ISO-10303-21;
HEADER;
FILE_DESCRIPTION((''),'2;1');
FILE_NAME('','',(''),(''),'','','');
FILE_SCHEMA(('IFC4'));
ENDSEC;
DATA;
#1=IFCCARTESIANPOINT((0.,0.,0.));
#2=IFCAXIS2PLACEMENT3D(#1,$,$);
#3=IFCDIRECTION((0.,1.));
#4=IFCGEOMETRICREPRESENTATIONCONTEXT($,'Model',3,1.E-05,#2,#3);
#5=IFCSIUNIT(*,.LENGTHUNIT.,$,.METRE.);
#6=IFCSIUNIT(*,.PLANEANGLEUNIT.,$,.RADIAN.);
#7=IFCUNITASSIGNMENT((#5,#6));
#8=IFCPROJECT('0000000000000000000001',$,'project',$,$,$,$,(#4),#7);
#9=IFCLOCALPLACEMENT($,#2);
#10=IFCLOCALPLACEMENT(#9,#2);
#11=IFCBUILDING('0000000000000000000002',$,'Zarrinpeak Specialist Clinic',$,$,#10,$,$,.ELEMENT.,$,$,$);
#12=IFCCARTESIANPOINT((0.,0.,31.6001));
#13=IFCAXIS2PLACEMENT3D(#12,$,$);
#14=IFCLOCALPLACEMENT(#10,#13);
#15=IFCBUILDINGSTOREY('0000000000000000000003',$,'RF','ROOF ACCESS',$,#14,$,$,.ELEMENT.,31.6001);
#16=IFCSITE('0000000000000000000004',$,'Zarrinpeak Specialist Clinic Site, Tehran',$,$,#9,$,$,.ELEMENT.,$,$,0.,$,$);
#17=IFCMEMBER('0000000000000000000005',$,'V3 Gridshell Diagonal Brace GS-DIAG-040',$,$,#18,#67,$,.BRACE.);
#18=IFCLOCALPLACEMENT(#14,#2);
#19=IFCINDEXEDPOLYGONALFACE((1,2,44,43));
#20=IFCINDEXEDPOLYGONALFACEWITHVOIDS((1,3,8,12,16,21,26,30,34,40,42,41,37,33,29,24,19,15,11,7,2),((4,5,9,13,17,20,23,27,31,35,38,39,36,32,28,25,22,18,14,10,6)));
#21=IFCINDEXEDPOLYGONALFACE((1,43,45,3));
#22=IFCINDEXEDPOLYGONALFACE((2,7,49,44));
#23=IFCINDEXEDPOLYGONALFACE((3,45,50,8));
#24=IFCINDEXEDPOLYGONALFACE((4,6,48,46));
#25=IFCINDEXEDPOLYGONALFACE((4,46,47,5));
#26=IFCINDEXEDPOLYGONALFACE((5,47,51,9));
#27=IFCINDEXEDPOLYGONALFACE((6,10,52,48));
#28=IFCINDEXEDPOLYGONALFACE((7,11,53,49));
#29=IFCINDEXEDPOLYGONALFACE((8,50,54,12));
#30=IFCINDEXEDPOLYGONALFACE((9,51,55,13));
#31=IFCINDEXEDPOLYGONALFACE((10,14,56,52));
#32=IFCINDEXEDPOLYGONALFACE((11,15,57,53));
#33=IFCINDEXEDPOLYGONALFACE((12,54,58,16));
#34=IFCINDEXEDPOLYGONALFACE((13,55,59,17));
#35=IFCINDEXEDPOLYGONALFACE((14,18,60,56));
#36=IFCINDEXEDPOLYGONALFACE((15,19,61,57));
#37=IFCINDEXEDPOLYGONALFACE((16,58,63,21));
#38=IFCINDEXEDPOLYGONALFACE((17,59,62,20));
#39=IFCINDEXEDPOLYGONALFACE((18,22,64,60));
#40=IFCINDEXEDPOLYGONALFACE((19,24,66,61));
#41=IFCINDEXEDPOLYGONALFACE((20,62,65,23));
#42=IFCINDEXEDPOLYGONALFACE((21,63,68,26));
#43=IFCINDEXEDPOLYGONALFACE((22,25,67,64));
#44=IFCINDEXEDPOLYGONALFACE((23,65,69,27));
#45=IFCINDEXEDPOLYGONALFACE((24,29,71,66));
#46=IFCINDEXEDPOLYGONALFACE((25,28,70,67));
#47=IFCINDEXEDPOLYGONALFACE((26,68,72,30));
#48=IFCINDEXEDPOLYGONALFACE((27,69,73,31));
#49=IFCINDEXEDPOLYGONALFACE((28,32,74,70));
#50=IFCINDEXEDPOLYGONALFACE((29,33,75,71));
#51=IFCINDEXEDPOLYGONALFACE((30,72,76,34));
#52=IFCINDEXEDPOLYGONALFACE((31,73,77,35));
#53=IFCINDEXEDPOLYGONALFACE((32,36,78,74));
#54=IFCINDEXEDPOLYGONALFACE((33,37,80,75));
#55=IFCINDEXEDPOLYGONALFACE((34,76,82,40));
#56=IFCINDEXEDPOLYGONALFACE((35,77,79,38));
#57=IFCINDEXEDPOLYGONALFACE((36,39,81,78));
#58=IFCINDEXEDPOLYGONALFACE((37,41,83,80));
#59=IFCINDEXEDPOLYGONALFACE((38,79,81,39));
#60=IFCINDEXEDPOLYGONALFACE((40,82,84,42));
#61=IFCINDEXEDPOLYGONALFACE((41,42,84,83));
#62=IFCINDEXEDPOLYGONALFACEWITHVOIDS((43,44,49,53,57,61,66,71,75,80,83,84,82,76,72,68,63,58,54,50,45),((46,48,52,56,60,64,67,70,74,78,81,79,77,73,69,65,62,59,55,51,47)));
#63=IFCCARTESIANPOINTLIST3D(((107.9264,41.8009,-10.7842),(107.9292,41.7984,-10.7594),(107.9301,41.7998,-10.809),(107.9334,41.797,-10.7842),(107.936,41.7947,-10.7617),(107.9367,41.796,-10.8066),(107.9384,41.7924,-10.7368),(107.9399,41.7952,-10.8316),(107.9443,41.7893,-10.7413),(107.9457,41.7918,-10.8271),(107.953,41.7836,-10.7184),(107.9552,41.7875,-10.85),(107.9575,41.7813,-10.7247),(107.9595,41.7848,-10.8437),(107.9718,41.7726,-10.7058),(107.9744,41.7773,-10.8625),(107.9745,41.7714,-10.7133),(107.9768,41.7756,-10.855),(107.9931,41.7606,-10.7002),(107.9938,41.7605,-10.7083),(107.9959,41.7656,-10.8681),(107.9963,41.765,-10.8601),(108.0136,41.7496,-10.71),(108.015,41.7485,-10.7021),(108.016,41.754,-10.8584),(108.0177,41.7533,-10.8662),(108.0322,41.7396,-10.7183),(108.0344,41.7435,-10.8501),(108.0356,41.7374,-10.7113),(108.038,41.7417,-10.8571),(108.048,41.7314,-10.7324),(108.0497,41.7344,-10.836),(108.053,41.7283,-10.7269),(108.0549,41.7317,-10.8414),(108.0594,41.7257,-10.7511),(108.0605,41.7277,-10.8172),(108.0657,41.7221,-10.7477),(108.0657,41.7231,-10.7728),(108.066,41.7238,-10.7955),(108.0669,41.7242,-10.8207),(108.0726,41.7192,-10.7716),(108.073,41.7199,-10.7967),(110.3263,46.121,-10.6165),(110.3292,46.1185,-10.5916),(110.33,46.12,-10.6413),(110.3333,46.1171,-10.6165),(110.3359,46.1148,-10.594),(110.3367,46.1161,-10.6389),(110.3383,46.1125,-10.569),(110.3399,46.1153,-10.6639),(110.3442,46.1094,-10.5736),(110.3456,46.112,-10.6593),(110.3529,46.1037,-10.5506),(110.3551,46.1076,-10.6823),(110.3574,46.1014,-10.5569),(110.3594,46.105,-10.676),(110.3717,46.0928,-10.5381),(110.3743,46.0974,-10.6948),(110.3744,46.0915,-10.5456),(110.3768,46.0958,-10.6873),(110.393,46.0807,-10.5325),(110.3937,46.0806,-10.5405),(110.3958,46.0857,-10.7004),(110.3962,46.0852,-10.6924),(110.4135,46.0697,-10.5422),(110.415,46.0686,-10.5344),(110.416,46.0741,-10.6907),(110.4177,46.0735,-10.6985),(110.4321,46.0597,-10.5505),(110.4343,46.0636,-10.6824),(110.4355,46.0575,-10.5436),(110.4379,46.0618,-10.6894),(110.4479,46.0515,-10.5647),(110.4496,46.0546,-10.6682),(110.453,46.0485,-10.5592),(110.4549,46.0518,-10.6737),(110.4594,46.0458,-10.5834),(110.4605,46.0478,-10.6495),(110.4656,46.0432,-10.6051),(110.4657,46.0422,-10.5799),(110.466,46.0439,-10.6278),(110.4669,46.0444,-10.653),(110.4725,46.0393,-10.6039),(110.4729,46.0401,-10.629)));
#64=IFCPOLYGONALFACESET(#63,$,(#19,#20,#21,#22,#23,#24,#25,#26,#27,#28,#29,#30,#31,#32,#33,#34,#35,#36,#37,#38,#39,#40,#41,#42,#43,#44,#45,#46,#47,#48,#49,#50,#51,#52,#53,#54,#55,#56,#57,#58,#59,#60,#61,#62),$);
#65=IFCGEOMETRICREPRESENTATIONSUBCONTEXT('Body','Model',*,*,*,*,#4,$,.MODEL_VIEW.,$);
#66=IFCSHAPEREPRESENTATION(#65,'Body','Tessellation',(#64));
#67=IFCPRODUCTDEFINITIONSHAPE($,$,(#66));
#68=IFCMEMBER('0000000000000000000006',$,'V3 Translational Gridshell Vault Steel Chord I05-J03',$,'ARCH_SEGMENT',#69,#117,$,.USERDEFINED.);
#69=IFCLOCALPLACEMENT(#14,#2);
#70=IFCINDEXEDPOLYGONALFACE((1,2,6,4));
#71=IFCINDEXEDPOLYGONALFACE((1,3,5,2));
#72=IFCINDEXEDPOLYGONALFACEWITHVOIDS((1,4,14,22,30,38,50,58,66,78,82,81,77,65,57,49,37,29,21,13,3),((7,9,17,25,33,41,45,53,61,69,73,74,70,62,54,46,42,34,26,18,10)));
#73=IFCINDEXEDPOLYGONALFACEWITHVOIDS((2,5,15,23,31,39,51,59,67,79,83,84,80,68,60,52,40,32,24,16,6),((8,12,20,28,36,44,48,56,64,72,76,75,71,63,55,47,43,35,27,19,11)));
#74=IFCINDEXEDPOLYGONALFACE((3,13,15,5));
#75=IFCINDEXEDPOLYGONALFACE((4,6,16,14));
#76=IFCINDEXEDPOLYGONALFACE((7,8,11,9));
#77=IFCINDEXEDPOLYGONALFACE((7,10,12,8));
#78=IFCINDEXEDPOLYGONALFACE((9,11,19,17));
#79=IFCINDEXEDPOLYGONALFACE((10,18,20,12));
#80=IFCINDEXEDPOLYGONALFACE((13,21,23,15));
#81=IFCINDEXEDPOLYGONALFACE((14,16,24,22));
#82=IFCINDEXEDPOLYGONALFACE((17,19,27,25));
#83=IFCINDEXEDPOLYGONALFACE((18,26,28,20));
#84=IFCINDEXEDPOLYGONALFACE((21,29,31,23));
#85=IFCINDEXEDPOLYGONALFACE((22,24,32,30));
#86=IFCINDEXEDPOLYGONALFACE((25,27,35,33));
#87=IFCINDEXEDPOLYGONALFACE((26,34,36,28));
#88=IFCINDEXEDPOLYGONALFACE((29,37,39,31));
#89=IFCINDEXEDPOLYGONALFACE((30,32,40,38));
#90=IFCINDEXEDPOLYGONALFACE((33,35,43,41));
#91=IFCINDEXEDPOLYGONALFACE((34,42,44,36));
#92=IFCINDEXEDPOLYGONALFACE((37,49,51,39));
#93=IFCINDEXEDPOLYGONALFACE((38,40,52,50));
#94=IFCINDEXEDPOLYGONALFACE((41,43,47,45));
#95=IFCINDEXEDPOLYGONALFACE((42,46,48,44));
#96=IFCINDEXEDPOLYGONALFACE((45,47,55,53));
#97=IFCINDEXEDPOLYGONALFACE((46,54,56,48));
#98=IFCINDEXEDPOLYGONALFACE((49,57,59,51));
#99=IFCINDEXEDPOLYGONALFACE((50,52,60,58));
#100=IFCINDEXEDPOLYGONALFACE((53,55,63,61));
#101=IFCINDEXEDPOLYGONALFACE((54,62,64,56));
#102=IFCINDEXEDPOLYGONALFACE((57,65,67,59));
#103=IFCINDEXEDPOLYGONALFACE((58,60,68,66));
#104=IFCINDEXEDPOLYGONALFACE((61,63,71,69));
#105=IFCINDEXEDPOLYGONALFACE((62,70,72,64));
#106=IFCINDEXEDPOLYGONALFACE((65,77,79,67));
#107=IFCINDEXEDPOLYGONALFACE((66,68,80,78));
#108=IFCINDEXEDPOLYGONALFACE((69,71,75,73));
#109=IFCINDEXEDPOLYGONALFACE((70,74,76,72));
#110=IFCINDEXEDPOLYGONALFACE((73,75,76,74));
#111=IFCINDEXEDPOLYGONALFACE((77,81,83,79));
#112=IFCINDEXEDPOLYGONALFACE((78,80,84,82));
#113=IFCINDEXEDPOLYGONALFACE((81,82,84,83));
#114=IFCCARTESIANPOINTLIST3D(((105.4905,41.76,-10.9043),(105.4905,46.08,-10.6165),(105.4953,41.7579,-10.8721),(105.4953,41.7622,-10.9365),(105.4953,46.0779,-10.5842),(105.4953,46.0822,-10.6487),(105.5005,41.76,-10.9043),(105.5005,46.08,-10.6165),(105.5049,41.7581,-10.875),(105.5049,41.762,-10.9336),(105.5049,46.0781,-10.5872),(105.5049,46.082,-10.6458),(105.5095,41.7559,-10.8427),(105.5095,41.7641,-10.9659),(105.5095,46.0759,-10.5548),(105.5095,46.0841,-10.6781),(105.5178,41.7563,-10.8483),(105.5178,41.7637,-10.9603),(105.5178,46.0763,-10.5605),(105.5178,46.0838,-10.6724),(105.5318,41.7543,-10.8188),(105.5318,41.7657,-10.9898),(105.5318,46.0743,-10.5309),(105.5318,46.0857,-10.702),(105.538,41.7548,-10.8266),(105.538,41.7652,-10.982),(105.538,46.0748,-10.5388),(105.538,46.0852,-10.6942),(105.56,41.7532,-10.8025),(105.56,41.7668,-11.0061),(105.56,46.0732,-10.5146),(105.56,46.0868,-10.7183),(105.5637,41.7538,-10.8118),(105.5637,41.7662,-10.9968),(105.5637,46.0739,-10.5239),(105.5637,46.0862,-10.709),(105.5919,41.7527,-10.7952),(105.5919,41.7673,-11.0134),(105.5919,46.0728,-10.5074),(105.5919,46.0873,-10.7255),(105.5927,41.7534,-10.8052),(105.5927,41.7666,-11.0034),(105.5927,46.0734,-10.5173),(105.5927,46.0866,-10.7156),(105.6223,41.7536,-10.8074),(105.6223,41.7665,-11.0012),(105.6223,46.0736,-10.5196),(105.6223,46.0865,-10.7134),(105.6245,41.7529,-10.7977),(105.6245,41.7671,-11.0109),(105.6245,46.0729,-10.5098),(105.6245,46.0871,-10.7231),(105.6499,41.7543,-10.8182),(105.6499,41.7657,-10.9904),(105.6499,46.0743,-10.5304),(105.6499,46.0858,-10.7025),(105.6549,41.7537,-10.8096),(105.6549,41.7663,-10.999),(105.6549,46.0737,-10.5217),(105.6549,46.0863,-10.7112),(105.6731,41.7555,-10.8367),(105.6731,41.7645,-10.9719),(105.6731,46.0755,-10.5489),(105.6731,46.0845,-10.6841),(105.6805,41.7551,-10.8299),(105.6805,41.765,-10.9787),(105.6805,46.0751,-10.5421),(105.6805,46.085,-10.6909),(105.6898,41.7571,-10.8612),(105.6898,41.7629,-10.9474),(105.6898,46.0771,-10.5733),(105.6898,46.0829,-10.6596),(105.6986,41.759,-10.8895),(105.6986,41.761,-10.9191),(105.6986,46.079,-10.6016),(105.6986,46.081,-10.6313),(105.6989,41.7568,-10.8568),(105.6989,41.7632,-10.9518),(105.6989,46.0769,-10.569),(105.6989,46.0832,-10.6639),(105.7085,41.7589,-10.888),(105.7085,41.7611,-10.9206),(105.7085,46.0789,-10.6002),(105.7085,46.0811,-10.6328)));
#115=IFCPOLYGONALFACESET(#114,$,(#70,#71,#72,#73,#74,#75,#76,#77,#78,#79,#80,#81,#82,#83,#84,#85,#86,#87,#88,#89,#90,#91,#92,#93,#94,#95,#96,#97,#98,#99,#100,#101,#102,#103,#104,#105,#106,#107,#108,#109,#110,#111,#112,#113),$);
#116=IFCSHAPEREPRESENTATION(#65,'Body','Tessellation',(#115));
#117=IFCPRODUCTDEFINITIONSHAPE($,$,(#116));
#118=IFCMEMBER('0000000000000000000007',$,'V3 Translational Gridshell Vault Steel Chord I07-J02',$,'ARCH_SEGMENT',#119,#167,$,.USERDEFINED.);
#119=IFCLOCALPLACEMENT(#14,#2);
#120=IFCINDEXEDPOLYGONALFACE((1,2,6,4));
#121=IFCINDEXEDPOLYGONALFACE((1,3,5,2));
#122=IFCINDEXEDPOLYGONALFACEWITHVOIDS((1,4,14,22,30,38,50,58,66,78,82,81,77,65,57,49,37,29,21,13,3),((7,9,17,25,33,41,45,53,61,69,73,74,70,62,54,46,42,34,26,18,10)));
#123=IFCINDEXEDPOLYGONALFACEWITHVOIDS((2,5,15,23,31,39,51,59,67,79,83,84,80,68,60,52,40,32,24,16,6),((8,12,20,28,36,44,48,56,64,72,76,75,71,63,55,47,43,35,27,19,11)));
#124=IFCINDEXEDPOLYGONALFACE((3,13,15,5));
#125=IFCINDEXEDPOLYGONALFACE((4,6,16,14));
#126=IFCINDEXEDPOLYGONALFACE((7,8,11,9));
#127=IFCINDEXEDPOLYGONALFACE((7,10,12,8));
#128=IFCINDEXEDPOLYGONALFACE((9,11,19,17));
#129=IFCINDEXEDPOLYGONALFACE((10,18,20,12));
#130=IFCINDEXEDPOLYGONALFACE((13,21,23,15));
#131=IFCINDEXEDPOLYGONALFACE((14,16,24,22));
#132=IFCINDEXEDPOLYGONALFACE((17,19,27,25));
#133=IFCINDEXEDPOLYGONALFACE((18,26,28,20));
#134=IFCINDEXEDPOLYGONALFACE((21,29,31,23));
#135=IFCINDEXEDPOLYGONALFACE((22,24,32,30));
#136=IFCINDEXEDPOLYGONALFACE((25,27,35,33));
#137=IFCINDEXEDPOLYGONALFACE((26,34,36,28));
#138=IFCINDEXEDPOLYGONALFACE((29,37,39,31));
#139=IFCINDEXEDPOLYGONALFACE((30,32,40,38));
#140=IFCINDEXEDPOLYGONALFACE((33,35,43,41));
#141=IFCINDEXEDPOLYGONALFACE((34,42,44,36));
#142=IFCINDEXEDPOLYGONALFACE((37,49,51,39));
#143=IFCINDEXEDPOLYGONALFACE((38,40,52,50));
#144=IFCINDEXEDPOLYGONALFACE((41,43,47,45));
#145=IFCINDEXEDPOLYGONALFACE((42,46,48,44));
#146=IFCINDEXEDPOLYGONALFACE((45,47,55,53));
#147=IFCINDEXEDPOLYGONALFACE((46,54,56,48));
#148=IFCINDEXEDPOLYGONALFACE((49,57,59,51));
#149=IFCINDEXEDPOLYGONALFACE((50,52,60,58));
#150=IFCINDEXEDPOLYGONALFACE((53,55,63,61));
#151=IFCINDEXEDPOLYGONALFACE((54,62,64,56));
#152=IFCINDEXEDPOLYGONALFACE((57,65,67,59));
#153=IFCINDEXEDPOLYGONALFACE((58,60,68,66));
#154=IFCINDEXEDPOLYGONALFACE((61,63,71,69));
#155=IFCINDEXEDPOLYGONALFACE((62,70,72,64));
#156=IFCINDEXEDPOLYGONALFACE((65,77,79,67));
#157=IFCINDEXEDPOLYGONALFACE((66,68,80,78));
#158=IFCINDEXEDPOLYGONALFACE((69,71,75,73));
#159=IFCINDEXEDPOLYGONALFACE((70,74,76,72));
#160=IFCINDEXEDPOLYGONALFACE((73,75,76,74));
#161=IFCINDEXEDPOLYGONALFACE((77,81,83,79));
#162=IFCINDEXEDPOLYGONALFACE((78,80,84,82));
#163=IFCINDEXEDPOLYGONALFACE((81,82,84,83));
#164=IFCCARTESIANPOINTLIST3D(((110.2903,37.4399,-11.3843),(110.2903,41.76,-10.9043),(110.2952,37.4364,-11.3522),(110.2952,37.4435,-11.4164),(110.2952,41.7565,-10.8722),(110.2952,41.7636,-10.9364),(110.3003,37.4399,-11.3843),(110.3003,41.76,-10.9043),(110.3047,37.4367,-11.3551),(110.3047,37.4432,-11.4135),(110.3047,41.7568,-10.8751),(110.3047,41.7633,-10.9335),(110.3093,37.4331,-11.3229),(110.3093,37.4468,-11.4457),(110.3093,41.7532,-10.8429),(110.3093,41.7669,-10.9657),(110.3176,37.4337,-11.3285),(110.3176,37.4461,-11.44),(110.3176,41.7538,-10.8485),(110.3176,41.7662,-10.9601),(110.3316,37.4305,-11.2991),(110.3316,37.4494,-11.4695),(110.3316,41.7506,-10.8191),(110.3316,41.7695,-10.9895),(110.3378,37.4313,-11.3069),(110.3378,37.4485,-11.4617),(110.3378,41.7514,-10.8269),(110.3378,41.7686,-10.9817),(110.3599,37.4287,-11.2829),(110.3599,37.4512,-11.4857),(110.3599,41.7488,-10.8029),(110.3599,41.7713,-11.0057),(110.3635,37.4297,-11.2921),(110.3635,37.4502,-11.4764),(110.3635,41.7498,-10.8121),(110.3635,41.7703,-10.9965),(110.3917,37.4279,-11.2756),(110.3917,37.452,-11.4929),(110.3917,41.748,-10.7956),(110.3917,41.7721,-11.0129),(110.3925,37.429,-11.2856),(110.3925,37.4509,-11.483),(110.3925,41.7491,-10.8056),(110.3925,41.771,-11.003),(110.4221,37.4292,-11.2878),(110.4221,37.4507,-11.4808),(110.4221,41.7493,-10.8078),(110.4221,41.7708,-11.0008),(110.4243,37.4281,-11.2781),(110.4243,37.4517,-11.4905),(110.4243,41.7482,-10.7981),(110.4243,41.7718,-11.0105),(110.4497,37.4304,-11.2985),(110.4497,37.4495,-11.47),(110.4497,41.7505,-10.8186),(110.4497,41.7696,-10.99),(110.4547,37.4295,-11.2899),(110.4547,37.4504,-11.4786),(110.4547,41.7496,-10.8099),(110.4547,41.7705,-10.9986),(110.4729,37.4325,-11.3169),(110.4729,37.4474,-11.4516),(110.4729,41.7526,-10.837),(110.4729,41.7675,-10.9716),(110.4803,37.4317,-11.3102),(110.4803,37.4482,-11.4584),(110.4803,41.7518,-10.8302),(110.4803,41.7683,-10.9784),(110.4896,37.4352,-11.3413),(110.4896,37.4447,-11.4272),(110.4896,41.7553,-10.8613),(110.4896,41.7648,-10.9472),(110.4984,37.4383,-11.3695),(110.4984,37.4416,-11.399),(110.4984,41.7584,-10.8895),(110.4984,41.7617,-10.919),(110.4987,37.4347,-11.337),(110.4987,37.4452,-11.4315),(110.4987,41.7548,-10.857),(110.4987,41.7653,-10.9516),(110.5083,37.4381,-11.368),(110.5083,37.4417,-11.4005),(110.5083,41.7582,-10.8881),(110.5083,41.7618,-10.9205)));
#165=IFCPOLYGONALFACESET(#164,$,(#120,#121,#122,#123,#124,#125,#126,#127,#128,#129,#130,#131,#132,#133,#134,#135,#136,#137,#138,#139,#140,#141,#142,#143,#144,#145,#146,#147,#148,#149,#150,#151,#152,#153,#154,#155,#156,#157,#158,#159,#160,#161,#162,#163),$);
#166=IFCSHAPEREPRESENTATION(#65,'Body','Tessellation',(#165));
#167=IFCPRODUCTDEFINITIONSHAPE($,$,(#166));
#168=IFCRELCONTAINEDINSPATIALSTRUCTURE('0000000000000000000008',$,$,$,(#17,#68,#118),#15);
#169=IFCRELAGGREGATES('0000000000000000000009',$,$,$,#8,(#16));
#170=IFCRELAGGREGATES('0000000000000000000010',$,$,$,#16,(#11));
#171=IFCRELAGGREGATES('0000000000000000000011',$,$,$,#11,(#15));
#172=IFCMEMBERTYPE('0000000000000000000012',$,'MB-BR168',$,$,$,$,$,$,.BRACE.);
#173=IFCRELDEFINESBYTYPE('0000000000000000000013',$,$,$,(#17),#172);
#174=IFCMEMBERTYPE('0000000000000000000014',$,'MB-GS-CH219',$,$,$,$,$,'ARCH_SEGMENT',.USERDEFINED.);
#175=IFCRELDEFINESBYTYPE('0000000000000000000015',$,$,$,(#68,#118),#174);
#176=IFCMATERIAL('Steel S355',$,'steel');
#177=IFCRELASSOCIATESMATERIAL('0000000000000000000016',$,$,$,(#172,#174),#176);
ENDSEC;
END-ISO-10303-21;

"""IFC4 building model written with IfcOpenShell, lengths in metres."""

from ifc_helpers import new_model, si_unit, direction, frame, origin, origin_2d, place, context, subcontext, project, spatial, hollow_circle, extrude, material, material_profile, profile_set, type_object, element, save


model = new_model("IFC4")

# Units and contexts
model_context = context("Model", 3, precision=1e-05, world=origin(), true_north=direction((0.0, 1.0)))
body_context = subcontext(model_context, "Body", "Model", "MODEL_VIEW")
ifc_project = project(units=[si_unit("LENGTHUNIT", "METRE"), si_unit("PLANEANGLEUNIT", "RADIAN")], contexts=[model_context])

# Site, building, storey
site_placement = place(None, origin())
site = spatial("IfcSite", under=ifc_project, at=site_placement, Name="Zarrinpeak Specialist Clinic Site, Tehran", CompositionType="ELEMENT", RefElevation=0.0)
building_placement = place(site_placement, origin())
building = spatial("IfcBuilding", under=site, at=building_placement, Name="Zarrinpeak Specialist Clinic", CompositionType="ELEMENT")
storey_placement = place(building_placement, frame((0.0, 0.0, 31.6001)))
storey = spatial("IfcBuildingStorey", under=building, at=storey_placement, Name="RF", Description="ROOF ACCESS", CompositionType="ELEMENT", Elevation=31.6001)

# Members
ifc_material_1 = material(Name="Steel S355", Category="steel")
ifc_material_profile_1 = material_profile(ifc_material_1, hollow_circle(Radius=0.0842, WallThickness=0.0081, at=origin_2d()), Name="CHS 168.3x8.0")
ifc_profile_set_1 = profile_set([ifc_material_profile_1], Name="Steel S355")
member_type_1 = type_object("IfcMemberType", Name="MB-BR168", PredefinedType="BRACE", material=ifc_profile_set_1)
member_1_placement = place(storey_placement, frame((108.0, 41.76, -10.7842), z_axis=(0.485343, 0.873666, 0.03392), x_axis=(-0.874169, 0.485622, 0.0)))
element("IfcMember", 1, at=member_1_placement, inside=storey, type_object=member_type_1, Name="V3 Gridshell Diagonal Brace GS-DIAG-040", PredefinedType="BRACE", context=body_context, shape_type="SweptSolid", body=[
    extrude(hollow_circle(Radius=0.0842, WallThickness=0.0081, at=origin_2d()), origin(), (0.0, 0.0, 1.0), 4.9448),
])
ifc_material_profile_2 = material_profile(ifc_material_1, hollow_circle(Radius=0.1096, WallThickness=0.01, at=origin_2d()), Name="CHS 219.1x10.0")
ifc_profile_set_2 = profile_set([ifc_material_profile_2], Name="Steel S355")
member_type_2 = type_object("IfcMemberType", Name="MB-GS-CH219", ElementType="ARCH_SEGMENT", PredefinedType="USERDEFINED", material=ifc_profile_set_2)
member_2_placement = place(storey_placement, frame((105.6001, 41.76, -10.9043), z_axis=(0.0, 0.997788, 0.066482), x_axis=(-1.0, 0.0, 0.0)))
element("IfcMember", 2, at=member_2_placement, inside=storey, type_object=member_type_2, Name="V3 Translational Gridshell Vault Steel Chord I05-J03", ObjectType="ARCH_SEGMENT", PredefinedType="USERDEFINED", context=body_context, shape_type="SweptSolid", body=[
    extrude(hollow_circle(Radius=0.1096, WallThickness=0.01, at=origin_2d()), origin(), (0.0, 0.0, 1.0), 4.3296),
])
member_3_placement = place(storey_placement, frame((110.3999, 37.4399, -11.3843), z_axis=(0.0, 0.993884, 0.110425), x_axis=(-1.0, 0.0, 0.0)))
element("IfcMember", 3, at=member_3_placement, inside=storey, type_object=member_type_2, Name="V3 Translational Gridshell Vault Steel Chord I07-J02", ObjectType="ARCH_SEGMENT", PredefinedType="USERDEFINED", context=body_context, shape_type="SweptSolid", body=[
    extrude(hollow_circle(Radius=0.1096, WallThickness=0.01, at=origin_2d()), origin(), (0.0, 0.0, 1.0), 4.3467),
])

save(model, "model.ifc")
